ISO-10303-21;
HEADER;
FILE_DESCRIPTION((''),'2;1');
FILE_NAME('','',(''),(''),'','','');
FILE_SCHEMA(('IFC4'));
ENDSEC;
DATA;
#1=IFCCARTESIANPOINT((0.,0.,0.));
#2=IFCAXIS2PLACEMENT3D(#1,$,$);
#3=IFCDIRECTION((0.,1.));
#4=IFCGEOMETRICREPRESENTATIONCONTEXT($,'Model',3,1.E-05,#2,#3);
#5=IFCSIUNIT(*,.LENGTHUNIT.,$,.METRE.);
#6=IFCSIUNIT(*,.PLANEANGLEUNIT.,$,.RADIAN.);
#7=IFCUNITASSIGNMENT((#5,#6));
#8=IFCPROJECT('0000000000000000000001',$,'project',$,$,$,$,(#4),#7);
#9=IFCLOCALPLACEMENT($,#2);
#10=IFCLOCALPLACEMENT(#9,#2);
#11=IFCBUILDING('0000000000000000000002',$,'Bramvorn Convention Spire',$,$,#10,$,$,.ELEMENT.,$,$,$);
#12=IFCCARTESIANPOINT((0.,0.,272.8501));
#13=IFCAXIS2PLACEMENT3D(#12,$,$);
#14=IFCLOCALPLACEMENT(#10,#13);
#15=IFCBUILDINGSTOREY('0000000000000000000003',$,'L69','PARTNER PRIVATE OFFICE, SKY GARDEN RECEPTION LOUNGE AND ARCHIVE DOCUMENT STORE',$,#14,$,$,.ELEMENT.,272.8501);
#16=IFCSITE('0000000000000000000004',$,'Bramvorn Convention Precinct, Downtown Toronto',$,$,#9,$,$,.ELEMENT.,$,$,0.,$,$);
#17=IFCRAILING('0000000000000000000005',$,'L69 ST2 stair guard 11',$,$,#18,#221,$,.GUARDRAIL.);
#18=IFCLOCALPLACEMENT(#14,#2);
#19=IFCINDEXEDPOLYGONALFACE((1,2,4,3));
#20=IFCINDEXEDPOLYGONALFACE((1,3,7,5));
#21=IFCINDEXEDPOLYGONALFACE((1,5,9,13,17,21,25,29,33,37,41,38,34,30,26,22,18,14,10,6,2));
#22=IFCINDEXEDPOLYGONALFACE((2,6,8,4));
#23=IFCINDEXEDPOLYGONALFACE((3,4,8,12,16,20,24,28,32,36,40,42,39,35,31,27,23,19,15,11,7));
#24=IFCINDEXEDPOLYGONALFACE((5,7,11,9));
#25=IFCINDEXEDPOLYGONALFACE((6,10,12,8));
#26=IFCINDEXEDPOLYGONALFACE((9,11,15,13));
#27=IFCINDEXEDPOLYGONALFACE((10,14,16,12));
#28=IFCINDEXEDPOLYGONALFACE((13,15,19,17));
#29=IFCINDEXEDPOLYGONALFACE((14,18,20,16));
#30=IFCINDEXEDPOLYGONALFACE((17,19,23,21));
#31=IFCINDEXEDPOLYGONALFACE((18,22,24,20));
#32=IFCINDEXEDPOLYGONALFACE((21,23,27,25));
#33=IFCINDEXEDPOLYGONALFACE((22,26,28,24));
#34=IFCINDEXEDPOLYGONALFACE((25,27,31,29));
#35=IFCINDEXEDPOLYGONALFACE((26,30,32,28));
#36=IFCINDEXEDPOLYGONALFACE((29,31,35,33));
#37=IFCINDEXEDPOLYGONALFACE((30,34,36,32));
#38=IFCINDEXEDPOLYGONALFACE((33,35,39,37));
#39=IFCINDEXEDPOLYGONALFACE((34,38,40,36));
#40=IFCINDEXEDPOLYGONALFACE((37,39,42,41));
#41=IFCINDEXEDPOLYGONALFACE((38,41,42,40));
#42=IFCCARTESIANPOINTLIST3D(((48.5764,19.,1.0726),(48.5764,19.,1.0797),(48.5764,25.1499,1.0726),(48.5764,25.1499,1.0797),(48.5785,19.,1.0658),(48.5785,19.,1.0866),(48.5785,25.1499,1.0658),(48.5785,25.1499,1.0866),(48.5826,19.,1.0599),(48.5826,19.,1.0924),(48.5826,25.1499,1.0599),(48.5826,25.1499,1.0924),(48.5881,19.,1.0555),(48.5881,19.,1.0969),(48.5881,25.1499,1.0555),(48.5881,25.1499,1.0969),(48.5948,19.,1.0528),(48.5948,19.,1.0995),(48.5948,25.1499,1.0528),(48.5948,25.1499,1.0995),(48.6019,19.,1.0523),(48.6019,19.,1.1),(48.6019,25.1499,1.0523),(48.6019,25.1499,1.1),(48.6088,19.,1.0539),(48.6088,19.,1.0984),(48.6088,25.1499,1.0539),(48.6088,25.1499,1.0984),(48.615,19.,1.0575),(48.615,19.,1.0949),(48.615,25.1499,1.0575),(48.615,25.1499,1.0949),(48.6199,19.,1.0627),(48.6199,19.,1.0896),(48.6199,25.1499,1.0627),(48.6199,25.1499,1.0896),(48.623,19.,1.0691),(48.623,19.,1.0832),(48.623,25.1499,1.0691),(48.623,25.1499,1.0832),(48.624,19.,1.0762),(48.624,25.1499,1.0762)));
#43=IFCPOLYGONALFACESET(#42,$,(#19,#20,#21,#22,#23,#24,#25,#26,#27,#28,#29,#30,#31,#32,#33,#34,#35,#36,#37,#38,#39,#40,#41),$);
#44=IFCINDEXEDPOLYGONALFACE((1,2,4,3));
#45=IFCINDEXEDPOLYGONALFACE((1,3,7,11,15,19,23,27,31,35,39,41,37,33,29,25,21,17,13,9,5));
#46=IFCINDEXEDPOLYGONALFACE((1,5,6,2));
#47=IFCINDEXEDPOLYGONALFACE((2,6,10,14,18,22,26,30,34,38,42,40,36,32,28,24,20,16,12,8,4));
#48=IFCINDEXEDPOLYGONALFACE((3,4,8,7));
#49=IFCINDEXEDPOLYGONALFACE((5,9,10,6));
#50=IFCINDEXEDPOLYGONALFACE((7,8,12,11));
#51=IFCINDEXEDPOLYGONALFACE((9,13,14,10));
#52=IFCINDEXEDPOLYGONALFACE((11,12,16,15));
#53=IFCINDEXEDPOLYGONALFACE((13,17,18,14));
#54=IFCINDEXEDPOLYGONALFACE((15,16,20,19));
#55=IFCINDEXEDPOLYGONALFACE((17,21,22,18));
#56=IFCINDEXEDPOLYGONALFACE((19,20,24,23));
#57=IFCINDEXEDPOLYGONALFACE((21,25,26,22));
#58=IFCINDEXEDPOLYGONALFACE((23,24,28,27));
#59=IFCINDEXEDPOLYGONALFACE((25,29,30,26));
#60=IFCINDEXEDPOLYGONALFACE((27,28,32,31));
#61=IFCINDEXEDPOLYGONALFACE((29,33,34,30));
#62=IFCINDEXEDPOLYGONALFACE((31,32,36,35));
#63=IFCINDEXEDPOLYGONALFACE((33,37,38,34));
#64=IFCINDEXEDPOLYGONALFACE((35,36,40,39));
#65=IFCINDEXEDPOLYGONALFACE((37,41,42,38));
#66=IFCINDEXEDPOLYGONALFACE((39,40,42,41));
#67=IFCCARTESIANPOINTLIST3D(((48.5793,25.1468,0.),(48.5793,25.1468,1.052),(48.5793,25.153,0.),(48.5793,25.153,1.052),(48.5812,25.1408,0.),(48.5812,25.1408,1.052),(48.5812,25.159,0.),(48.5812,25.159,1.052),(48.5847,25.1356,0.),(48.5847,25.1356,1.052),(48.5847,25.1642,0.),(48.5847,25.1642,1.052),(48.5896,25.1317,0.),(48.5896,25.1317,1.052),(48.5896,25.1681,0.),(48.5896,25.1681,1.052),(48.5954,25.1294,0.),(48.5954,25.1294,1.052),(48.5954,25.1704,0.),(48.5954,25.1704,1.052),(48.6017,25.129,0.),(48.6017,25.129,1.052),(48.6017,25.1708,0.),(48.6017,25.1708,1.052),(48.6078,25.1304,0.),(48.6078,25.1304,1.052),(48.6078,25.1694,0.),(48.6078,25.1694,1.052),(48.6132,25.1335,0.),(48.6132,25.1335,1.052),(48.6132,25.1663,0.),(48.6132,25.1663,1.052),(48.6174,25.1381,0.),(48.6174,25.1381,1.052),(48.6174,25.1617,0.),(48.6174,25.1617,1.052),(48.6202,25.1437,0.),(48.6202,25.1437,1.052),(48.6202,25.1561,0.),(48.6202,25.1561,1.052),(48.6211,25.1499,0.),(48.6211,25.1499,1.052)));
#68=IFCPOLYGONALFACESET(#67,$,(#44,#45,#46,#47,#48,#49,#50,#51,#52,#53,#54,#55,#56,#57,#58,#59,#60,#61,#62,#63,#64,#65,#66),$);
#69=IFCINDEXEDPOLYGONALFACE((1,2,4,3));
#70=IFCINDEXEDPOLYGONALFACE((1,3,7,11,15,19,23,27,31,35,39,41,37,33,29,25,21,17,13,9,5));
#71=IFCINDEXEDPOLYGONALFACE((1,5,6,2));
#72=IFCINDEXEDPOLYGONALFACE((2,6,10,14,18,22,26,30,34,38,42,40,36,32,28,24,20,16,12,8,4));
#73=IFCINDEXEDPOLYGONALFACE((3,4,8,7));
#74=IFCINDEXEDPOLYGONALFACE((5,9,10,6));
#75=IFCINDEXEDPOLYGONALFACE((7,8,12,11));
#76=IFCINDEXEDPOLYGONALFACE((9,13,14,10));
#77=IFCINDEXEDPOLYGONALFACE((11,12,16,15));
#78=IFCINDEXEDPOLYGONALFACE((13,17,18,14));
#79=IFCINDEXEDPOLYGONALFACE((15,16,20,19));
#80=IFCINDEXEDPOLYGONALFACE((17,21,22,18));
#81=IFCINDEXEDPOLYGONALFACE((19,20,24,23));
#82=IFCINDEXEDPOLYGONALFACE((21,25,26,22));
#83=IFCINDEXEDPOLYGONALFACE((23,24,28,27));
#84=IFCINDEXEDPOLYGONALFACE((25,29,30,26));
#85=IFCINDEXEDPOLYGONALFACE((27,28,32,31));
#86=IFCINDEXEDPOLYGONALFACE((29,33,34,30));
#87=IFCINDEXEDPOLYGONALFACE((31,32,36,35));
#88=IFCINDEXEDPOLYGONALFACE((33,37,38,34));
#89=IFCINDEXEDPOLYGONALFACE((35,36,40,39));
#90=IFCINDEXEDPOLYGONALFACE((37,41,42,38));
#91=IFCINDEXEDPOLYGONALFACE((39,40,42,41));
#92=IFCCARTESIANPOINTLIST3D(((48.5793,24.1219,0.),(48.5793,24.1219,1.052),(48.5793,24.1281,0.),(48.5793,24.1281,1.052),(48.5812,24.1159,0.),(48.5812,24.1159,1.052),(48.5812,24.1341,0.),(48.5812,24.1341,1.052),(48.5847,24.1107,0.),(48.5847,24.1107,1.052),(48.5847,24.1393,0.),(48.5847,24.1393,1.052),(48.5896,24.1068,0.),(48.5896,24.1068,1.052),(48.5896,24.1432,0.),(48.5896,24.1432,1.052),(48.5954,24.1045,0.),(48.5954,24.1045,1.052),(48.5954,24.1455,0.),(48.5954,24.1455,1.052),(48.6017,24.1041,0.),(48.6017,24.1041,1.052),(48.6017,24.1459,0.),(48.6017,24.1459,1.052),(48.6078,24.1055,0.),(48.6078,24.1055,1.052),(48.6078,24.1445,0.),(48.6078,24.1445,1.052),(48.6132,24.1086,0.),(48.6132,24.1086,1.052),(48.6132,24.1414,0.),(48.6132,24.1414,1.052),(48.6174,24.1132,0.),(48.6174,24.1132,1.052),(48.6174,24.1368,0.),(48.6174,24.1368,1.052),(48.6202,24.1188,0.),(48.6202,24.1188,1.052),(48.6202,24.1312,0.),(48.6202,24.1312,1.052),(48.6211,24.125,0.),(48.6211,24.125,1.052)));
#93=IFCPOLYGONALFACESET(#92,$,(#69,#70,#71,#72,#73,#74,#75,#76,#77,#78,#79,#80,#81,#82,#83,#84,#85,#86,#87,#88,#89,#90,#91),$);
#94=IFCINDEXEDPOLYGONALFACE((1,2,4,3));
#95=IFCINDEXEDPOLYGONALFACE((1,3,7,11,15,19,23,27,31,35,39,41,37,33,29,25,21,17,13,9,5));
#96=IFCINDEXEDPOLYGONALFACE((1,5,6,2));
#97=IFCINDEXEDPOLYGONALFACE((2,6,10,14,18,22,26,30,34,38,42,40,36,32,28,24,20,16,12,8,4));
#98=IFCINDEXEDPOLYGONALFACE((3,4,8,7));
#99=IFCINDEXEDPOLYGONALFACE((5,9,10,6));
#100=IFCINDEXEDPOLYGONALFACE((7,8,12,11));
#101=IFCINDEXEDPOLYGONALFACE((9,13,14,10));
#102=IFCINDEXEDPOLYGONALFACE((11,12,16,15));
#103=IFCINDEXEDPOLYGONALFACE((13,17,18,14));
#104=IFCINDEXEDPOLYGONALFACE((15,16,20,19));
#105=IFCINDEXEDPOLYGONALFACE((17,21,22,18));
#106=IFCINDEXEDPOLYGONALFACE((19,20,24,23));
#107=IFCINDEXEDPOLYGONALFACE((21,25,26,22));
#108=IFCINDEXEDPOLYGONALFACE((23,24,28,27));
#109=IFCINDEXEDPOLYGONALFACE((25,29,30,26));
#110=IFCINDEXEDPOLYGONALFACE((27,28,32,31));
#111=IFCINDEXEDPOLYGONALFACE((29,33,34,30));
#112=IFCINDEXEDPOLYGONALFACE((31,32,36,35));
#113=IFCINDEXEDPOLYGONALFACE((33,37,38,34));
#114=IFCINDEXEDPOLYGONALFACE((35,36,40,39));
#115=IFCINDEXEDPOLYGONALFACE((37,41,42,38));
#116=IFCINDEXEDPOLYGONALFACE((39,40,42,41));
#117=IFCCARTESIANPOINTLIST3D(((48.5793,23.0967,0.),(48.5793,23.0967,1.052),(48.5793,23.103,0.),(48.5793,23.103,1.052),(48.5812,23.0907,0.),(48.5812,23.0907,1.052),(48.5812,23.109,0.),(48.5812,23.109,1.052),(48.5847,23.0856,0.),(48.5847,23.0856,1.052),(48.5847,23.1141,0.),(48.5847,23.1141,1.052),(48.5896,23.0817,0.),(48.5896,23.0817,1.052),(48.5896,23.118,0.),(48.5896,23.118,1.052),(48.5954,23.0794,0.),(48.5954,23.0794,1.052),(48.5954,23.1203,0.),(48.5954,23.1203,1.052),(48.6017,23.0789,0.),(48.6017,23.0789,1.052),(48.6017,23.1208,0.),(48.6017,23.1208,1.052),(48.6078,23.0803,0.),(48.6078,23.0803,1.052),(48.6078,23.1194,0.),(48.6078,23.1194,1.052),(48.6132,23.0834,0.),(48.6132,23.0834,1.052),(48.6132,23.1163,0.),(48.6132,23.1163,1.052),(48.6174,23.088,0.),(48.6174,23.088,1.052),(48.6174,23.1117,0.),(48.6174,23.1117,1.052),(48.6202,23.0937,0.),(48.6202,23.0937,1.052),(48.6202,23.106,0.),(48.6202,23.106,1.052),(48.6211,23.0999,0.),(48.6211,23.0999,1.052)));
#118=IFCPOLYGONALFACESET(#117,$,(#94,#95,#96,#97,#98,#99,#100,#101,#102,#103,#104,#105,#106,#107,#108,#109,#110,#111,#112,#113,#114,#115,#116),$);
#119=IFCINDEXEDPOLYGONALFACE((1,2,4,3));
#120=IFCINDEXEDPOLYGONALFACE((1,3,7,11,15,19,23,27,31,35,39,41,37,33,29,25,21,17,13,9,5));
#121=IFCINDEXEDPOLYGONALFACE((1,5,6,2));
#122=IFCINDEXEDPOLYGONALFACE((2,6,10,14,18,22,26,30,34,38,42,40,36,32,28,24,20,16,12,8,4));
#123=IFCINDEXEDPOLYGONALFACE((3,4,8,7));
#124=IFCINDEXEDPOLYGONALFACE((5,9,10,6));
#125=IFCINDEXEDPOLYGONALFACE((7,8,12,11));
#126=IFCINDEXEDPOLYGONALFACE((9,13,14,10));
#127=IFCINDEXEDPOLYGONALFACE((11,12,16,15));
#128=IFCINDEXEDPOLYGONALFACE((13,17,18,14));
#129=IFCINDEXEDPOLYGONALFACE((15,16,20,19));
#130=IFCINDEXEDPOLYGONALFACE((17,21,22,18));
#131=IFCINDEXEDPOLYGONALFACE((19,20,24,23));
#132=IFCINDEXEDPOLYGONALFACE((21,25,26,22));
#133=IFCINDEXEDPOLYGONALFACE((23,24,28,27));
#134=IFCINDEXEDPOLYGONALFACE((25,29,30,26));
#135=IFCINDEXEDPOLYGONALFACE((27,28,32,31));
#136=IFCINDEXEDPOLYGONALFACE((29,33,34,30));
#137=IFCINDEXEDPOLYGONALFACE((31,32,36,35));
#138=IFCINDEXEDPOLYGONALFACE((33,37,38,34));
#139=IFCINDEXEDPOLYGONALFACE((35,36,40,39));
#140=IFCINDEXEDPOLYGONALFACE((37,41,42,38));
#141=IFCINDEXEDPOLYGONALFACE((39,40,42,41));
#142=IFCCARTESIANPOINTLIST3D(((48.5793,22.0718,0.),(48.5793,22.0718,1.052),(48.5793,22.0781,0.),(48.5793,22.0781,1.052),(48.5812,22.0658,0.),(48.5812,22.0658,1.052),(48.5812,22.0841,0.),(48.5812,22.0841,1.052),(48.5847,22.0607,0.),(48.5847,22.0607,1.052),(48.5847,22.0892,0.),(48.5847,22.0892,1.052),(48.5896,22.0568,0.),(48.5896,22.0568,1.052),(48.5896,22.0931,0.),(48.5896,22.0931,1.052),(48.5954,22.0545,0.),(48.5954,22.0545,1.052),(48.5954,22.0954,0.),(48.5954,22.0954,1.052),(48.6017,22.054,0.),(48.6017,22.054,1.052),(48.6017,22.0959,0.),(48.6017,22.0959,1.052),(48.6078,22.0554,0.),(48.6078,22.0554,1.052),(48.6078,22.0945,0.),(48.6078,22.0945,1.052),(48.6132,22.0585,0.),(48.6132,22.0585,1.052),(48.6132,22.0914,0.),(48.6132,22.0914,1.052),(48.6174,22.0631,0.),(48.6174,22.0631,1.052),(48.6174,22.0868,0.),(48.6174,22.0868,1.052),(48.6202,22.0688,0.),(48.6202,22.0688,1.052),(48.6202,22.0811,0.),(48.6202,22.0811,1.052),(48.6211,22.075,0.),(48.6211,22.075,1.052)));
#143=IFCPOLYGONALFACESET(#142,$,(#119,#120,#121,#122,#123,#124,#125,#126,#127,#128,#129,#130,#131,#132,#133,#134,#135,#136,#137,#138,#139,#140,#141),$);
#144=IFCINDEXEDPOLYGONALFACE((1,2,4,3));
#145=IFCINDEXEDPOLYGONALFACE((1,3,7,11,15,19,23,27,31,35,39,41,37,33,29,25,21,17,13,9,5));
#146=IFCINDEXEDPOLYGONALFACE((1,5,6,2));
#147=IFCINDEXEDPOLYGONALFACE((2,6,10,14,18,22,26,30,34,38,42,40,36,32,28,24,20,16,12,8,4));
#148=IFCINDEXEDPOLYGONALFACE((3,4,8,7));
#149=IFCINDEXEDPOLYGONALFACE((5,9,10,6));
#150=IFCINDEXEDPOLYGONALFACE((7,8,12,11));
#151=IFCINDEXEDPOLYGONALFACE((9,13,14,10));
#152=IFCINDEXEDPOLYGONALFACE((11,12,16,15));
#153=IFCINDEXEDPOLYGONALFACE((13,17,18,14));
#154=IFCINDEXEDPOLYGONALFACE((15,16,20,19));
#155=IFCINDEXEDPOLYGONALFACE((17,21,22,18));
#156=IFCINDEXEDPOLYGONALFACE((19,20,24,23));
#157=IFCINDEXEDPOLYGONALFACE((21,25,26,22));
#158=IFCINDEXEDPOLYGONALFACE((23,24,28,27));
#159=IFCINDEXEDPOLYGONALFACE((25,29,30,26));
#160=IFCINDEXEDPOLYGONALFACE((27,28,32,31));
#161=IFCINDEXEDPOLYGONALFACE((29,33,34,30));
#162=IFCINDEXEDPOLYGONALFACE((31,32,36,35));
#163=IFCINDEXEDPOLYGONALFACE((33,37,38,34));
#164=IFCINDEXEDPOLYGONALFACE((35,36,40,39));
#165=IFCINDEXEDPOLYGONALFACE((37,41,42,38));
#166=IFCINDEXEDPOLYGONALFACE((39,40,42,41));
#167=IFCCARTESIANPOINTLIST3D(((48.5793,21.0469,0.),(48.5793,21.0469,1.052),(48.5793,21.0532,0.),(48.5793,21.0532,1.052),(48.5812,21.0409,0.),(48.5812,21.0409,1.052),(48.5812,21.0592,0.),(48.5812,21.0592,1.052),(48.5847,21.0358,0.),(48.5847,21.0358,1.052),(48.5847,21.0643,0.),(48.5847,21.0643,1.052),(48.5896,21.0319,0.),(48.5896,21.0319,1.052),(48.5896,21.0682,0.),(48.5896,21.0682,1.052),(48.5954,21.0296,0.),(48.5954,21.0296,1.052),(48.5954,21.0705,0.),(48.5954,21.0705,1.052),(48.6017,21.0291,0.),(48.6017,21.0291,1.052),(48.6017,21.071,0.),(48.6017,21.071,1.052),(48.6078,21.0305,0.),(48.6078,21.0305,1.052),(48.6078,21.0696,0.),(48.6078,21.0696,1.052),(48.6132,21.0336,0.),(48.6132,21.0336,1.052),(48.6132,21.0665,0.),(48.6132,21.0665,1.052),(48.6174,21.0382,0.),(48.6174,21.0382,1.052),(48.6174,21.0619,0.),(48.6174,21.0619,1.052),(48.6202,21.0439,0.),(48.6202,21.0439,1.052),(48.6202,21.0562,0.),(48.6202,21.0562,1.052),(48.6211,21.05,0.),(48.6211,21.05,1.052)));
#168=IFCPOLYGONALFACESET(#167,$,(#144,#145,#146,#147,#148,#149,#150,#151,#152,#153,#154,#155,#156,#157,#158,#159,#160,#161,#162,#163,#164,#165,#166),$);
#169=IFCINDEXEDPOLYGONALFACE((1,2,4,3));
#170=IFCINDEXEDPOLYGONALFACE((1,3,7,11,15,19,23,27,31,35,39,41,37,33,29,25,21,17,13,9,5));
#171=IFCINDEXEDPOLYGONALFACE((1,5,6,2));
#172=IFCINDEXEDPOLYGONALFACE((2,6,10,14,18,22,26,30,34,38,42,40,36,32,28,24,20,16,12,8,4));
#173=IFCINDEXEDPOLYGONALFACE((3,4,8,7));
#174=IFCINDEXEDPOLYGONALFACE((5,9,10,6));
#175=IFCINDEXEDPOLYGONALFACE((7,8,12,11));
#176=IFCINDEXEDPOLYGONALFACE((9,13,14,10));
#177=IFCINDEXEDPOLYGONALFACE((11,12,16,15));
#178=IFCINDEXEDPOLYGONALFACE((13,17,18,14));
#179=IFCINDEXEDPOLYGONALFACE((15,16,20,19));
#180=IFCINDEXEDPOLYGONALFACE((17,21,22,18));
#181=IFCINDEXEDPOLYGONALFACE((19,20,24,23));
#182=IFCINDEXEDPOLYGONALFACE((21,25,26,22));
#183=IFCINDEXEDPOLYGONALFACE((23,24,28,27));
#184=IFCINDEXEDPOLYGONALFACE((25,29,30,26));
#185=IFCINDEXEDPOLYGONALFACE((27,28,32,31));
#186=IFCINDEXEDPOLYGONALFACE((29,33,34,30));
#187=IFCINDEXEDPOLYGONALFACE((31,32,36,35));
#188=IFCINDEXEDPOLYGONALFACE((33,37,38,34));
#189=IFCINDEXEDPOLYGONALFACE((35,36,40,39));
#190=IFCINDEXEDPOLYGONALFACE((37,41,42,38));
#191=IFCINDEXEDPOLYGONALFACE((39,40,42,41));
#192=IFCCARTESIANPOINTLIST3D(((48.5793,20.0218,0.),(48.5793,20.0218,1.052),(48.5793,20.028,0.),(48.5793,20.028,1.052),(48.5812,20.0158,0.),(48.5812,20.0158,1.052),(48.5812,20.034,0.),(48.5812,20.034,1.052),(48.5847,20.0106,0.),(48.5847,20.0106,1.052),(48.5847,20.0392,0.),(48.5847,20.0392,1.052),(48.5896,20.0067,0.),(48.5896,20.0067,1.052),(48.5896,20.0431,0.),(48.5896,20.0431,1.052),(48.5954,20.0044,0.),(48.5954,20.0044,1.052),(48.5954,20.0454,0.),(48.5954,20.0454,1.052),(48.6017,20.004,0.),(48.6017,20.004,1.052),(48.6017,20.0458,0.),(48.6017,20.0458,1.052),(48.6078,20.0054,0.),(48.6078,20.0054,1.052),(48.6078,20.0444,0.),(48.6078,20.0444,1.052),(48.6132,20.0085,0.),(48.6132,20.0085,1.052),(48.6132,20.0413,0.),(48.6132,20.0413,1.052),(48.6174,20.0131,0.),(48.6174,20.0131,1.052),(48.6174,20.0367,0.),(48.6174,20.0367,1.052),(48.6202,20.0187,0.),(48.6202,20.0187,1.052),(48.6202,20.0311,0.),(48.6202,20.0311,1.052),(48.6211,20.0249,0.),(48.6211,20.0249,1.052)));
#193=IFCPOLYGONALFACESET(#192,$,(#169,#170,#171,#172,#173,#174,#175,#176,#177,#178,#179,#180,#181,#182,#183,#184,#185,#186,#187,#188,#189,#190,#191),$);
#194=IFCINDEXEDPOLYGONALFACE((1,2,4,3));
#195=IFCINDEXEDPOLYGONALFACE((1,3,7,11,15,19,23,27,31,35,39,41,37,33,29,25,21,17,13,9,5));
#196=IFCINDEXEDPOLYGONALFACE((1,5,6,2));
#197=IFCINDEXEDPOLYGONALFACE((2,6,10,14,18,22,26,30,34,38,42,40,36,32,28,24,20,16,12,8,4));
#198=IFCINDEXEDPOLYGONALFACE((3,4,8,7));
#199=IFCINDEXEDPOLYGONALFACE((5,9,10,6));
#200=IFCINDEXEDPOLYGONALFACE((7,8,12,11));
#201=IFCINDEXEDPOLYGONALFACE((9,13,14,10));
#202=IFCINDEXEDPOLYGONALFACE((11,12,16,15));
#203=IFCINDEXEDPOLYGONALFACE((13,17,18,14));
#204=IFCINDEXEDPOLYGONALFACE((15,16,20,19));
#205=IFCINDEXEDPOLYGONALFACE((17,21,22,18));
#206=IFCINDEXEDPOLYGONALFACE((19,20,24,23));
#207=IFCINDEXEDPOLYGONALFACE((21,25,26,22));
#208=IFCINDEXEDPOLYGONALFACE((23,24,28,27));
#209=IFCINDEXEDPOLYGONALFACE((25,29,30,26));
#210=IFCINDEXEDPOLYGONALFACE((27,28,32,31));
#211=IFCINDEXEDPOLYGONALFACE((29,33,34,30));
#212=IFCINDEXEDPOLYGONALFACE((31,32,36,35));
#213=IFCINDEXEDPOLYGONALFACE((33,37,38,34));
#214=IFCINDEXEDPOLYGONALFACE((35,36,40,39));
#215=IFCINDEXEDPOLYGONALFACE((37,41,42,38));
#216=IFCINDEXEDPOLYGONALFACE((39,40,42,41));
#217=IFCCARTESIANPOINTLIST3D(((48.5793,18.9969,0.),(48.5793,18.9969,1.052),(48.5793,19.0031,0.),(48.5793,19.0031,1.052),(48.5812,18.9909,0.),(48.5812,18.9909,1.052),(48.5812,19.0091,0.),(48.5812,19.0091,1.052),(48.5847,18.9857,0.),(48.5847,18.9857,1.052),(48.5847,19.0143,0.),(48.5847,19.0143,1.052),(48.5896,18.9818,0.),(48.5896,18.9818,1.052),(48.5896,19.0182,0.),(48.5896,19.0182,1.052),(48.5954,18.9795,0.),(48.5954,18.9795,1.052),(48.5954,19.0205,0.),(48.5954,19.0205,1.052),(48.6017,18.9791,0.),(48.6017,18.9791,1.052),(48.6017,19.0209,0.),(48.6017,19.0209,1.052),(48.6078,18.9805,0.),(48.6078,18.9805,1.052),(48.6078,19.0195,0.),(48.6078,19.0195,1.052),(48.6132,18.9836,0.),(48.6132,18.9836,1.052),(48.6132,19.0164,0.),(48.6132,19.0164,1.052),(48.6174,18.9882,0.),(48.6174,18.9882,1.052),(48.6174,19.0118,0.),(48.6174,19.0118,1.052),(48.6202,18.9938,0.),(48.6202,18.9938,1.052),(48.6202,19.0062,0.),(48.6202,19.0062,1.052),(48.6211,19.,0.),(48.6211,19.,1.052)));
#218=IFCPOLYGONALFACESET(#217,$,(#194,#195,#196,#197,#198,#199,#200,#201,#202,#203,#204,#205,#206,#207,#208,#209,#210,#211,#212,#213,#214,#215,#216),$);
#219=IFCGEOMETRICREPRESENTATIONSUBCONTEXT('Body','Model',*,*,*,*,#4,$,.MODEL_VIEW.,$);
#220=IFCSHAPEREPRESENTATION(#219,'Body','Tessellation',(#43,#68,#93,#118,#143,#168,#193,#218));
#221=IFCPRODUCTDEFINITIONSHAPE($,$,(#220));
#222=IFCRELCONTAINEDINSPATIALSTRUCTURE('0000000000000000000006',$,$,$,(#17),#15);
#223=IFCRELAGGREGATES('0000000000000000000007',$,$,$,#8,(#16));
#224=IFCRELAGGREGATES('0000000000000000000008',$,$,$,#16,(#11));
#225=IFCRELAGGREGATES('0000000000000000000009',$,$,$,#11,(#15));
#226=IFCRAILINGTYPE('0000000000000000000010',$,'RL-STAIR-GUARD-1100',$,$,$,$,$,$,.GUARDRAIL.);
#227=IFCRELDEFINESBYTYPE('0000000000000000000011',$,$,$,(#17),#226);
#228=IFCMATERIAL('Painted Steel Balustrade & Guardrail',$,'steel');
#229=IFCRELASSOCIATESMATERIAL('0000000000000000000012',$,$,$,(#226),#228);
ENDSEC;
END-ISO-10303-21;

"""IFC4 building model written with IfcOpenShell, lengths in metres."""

from ifc_helpers import new_model, si_unit, direction, frame, origin, origin_2d, place, context, subcontext, project, spatial, circle, extrude, material, type_object, element, save


model = new_model("IFC4")

# Units and contexts
model_context = context("Model", 3, precision=1e-05, world=origin(), true_north=direction((0.0, 1.0)))
body_context = subcontext(model_context, "Body", "Model", "MODEL_VIEW")
ifc_project = project(units=[si_unit("LENGTHUNIT", "METRE"), si_unit("PLANEANGLEUNIT", "RADIAN")], contexts=[model_context])

# Site, building, storey
site_placement = place(None, origin())
site = spatial("IfcSite", under=ifc_project, at=site_placement, Name="Bramvorn Convention Precinct, Downtown Toronto", CompositionType="ELEMENT", RefElevation=0.0)
building_placement = place(site_placement, origin())
building = spatial("IfcBuilding", under=site, at=building_placement, Name="Bramvorn Convention Spire", CompositionType="ELEMENT")
storey_placement = place(building_placement, frame((0.0, 0.0, 272.8501)))
storey = spatial("IfcBuildingStorey", under=building, at=storey_placement, Name="L69", Description="PARTNER PRIVATE OFFICE, SKY GARDEN RECEPTION LOUNGE AND ARCHIVE DOCUMENT STORE", CompositionType="ELEMENT", Elevation=272.8501)

# Railing
ifc_material_1 = material(Name="Painted Steel Balustrade & Guardrail", Category="steel")
railing_type_1 = type_object("IfcRailingType", Name="RL-STAIR-GUARD-1100", PredefinedType="GUARDRAIL", material=ifc_material_1)
railing_1_placement = place(storey_placement, frame((48.6001, 25.1499, 0.0)))
element("IfcRailing", 1, at=railing_1_placement, inside=storey, type_object=railing_type_1, Name="L69 ST2 stair guard 11", PredefinedType="GUARDRAIL", context=body_context, shape_type="SweptSolid", body=[
    extrude(circle(Radius=0.0239, at=origin_2d()), frame((0.0, 0.0, 1.0762), z_axis=(0.0, -1.0, 0.0), x_axis=(1.0, 0.0, 0.0)), (0.0, 0.0, 1.0), 6.1499),
    extrude(circle(Radius=0.021, at=origin_2d()), origin(), (0.0, 0.0, 1.0), 1.052),
    extrude(circle(Radius=0.021, at=origin_2d()), frame((0.0, -1.0249, 0.0)), (0.0, 0.0, 1.0), 1.052),
    extrude(circle(Radius=0.021, at=origin_2d()), frame((0.0, -2.05, 0.0)), (0.0, 0.0, 1.0), 1.052),
    extrude(circle(Radius=0.021, at=origin_2d()), frame((0.0, -3.075, 0.0)), (0.0, 0.0, 1.0), 1.052),
    extrude(circle(Radius=0.021, at=origin_2d()), frame((0.0, -4.0999, 0.0)), (0.0, 0.0, 1.0), 1.052),
    extrude(circle(Radius=0.021, at=origin_2d()), frame((0.0, -5.125, 0.0)), (0.0, 0.0, 1.0), 1.052),
    extrude(circle(Radius=0.021, at=origin_2d()), frame((0.0, -6.1499, 0.0)), (0.0, 0.0, 1.0), 1.052),
])

save(model, "model.ifc")
